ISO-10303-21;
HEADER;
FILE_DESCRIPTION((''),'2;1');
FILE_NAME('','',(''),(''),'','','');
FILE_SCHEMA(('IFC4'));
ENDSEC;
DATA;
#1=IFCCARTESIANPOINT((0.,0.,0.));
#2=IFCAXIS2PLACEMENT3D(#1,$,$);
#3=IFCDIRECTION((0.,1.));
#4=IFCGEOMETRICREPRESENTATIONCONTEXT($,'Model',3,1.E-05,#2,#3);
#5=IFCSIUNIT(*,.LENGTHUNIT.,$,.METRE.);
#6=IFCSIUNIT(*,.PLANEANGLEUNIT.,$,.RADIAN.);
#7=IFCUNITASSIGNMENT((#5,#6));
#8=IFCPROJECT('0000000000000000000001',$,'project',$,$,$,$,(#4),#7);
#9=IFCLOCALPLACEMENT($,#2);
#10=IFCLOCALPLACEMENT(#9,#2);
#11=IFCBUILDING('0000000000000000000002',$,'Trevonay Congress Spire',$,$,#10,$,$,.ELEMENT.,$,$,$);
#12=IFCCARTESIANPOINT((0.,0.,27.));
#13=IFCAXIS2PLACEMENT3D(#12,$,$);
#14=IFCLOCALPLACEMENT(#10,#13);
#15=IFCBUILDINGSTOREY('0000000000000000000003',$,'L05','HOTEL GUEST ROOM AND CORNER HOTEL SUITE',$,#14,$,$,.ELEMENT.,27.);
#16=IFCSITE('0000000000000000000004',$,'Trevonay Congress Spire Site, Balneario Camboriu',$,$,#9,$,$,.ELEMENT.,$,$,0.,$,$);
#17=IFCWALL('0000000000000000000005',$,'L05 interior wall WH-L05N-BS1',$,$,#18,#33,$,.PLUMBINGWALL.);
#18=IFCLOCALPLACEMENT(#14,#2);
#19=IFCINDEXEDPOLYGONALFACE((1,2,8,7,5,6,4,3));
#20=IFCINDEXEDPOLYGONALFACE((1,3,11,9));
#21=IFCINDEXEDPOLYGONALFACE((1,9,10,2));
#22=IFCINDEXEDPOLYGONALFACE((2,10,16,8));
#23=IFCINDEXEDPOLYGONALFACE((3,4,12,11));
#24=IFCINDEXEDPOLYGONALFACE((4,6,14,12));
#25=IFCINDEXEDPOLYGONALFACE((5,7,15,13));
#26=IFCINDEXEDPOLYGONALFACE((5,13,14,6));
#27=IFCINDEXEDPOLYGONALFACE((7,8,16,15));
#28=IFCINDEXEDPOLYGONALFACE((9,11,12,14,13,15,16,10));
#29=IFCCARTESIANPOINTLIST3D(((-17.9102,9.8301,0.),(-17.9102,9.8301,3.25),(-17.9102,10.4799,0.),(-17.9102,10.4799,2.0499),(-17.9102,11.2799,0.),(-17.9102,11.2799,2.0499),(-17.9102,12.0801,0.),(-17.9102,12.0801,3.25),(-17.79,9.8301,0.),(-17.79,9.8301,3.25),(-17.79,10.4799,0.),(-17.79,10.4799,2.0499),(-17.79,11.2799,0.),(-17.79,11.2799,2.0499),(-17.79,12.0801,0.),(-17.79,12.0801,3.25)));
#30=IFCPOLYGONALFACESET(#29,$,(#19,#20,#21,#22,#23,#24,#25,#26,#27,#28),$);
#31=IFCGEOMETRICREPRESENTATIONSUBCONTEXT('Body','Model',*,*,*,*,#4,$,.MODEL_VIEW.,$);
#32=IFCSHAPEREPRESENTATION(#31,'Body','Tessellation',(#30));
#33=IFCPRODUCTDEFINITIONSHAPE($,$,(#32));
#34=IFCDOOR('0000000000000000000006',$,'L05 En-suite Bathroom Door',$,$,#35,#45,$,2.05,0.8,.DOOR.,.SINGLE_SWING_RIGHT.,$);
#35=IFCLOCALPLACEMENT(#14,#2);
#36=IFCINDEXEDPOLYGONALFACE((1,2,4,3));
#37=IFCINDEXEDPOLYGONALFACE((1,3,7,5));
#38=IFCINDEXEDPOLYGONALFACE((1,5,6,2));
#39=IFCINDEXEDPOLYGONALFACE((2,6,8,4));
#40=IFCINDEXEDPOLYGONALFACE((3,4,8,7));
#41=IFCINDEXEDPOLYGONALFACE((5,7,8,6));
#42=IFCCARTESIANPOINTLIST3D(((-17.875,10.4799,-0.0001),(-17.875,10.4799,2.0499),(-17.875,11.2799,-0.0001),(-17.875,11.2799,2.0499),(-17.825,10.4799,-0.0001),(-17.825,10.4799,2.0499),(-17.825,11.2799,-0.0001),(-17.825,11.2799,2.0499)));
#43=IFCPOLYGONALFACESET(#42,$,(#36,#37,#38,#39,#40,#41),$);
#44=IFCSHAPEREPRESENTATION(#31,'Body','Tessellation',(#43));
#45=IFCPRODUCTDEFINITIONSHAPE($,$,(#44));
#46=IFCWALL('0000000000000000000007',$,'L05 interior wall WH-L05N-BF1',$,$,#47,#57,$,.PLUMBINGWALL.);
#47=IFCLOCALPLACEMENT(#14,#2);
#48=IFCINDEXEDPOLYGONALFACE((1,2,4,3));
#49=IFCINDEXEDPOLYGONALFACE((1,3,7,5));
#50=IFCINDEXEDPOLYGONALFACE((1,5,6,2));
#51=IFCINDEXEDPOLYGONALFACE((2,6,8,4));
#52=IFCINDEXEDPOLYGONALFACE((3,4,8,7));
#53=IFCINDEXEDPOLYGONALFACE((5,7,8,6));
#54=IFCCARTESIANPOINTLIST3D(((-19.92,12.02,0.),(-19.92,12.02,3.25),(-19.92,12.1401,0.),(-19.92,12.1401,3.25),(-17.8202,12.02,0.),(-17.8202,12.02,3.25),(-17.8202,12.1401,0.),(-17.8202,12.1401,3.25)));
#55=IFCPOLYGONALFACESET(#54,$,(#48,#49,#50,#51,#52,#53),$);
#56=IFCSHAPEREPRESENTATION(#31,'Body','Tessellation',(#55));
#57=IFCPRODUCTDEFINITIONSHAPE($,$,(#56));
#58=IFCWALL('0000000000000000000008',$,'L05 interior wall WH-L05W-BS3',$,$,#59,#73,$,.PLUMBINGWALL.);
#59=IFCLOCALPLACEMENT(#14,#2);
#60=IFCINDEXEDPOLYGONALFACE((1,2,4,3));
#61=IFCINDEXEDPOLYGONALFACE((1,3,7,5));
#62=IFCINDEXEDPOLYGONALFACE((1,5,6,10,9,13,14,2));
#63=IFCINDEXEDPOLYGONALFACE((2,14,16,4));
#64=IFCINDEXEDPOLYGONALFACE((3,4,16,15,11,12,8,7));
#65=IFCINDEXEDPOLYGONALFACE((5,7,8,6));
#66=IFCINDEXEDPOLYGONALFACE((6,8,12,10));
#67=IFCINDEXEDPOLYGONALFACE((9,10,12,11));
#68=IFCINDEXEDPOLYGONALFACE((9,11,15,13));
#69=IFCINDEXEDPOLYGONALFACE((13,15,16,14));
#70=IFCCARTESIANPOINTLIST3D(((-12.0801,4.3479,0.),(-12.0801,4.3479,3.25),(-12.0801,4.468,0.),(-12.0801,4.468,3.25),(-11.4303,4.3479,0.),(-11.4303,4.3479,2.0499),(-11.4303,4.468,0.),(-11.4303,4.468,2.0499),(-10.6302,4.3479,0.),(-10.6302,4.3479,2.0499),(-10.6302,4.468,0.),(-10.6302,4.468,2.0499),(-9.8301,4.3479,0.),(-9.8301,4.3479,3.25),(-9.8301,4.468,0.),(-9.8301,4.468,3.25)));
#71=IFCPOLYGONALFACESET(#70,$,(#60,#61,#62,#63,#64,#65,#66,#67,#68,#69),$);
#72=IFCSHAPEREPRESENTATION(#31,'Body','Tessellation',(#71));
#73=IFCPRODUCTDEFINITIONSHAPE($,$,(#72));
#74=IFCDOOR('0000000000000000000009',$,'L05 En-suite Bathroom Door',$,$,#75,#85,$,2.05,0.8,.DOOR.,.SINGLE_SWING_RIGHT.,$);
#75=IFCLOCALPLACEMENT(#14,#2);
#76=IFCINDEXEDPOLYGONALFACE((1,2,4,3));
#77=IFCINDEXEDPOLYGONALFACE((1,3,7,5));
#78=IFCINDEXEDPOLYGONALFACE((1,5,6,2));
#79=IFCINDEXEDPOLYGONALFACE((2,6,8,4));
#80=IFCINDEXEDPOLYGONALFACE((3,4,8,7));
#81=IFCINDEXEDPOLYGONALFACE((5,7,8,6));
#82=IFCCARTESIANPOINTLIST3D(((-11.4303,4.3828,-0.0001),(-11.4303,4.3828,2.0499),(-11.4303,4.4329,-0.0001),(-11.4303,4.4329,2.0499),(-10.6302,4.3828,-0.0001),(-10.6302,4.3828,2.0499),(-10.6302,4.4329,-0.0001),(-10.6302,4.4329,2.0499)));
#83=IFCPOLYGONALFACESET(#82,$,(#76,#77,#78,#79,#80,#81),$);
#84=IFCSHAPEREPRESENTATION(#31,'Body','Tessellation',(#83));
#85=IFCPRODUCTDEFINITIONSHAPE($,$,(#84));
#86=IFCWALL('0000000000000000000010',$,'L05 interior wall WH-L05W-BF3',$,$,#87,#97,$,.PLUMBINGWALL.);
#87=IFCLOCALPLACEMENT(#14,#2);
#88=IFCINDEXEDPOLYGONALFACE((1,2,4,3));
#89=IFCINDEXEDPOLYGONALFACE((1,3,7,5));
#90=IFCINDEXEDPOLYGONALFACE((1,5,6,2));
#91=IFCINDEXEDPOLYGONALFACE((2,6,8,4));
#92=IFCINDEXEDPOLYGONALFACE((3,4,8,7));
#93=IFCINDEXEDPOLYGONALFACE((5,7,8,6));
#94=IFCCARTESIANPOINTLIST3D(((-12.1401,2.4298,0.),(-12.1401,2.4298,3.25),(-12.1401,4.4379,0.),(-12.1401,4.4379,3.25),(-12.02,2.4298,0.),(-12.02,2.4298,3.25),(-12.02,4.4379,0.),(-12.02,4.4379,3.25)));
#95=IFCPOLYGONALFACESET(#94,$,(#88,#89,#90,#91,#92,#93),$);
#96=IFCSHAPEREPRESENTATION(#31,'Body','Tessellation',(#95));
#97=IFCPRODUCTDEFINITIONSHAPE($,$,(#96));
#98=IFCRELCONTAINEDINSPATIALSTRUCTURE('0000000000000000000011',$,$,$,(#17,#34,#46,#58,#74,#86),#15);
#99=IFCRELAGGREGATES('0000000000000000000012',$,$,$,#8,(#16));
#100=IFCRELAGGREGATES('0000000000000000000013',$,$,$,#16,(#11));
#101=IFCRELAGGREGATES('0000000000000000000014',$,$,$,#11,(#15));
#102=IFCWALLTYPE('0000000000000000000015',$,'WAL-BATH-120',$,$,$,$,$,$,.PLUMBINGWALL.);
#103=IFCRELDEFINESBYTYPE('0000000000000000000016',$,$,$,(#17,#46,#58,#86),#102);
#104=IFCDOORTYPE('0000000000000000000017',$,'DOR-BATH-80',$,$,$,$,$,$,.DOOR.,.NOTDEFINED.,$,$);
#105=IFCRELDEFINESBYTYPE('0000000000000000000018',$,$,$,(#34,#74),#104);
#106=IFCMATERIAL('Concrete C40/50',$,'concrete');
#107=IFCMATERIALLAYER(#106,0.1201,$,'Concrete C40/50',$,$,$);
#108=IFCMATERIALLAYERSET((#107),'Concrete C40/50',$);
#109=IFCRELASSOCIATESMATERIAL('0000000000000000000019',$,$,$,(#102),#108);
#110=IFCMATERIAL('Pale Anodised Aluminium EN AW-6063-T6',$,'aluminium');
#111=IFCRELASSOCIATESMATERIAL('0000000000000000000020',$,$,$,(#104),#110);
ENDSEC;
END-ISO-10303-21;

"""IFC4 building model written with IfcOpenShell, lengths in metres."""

from ifc_helpers import new_model, si_unit, direction, frame, frame_2d, origin, place, context, subcontext, project, spatial, rectangle, extrude, material, layer, layer_set, type_object, element, fill, save


model = new_model("IFC4")

# Units and contexts
model_context = context("Model", 3, precision=1e-05, world=origin(), true_north=direction((0.0, 1.0)))
body_context = subcontext(model_context, "Body", "Model", "MODEL_VIEW")
ifc_project = project(units=[si_unit("LENGTHUNIT", "METRE"), si_unit("PLANEANGLEUNIT", "RADIAN")], contexts=[model_context])

# Site, building, storey
site_placement = place(None, origin())
site = spatial("IfcSite", under=ifc_project, at=site_placement, Name="Trevonay Congress Spire Site, Balneario Camboriu", CompositionType="ELEMENT", RefElevation=0.0)
building_placement = place(site_placement, origin())
building = spatial("IfcBuilding", under=site, at=building_placement, Name="Trevonay Congress Spire", CompositionType="ELEMENT")
storey_placement = place(building_placement, frame((0.0, 0.0, 27.0)))
storey = spatial("IfcBuildingStorey", under=building, at=storey_placement, Name="L05", Description="HOTEL GUEST ROOM AND CORNER HOTEL SUITE", CompositionType="ELEMENT", Elevation=27.0)

# Wall, opening, door
ifc_material_1 = material(Name="Concrete C40/50", Category="concrete")
ifc_layer_1 = layer(ifc_material_1, 0.1201, Name="Concrete C40/50")
ifc_layer_set_1 = layer_set([ifc_layer_1], Name="Concrete C40/50")
wall_type_1 = type_object("IfcWallType", Name="WAL-BATH-120", PredefinedType="PLUMBINGWALL", material=ifc_layer_set_1)
wall_1_placement = place(storey_placement, frame((-17.8501, 9.8301, 0.0), z_axis=(0.0, 0.0, 1.0), x_axis=(0.0, 1.0, 0.0)))
wall_1 = element("IfcWall", 1, at=wall_1_placement, inside=storey, type_object=wall_type_1, Name="L05 interior wall WH-L05N-BS1", PredefinedType="PLUMBINGWALL", context=body_context, shape_type="SweptSolid", body=[
    extrude(rectangle(XDim=2.25, YDim=0.1201, at=frame_2d((1.125, 0.0))), origin(), (0.0, 0.0, 1.0), 3.25),
])
opening_1_placement = place(wall_1_placement, frame((0.6499, 0.0, 0.0)))
opening_1 = element("IfcOpeningElement", 2, at=opening_1_placement, cuts=wall_1, PredefinedType="OPENING", context=body_context, shape_type="SweptSolid", body=[
    extrude(rectangle(XDim=0.8, YDim=2.05, at=frame_2d((0.3999, 1.0249))), frame((0.0, 0.0701, 0.0), z_axis=(0.0, -1.0, 0.0), x_axis=(1.0, 0.0, 0.0)), (0.0, 0.0, 1.0), 0.1401),
])
ifc_material_2 = material(Name="Pale Anodised Aluminium EN AW-6063-T6", Category="aluminium")
door_type_1 = type_object("IfcDoorType", Name="DOR-BATH-80", OperationType="NOTDEFINED", PredefinedType="DOOR", material=ifc_material_2)
door_1_placement = place(opening_1_placement, origin())
door_1 = element("IfcDoor", 3, at=door_1_placement, inside=storey, type_object=door_type_1, Name="L05 En-suite Bathroom Door", OperationType="SINGLE_SWING_RIGHT", OverallHeight=2.05, OverallWidth=0.8, PredefinedType="DOOR", context=body_context, shape_type="SweptSolid", body=[
    extrude(rectangle(XDim=0.8, YDim=2.05, at=frame_2d((0.3999, 1.0249))), frame((0.0, 0.0249, 0.0), z_axis=(0.0, -1.0, 0.0), x_axis=(1.0, 0.0, 0.0)), (0.0, 0.0, 1.0), 0.05),
])
fill(opening_1, door_1)

# Wall
wall_2_placement = place(storey_placement, frame((-19.9199, 12.0801, 0.0), z_axis=(0.0, 0.0, 1.0), x_axis=(1.0, 0.0, 0.0)))
element("IfcWall", 4, at=wall_2_placement, inside=storey, type_object=wall_type_1, Name="L05 interior wall WH-L05N-BF1", PredefinedType="PLUMBINGWALL", context=body_context, shape_type="SweptSolid", body=[
    extrude(rectangle(XDim=2.0999, YDim=0.1201, at=frame_2d((1.0498, 0.0))), origin(), (0.0, 0.0, 1.0), 3.25),
])

# Wall, opening, door
wall_3_placement = place(storey_placement, frame((-12.0801, 4.408, 0.0), z_axis=(0.0, 0.0, 1.0), x_axis=(1.0, 0.0, 0.0)))
wall_3 = element("IfcWall", 5, at=wall_3_placement, inside=storey, type_object=wall_type_1, Name="L05 interior wall WH-L05W-BS3", PredefinedType="PLUMBINGWALL", context=body_context, shape_type="SweptSolid", body=[
    extrude(rectangle(XDim=2.25, YDim=0.1201, at=frame_2d((1.125, 0.0))), origin(), (0.0, 0.0, 1.0), 3.25),
])
opening_2_placement = place(wall_3_placement, frame((0.6499, 0.0, 0.0)))
opening_2 = element("IfcOpeningElement", 6, at=opening_2_placement, cuts=wall_3, PredefinedType="OPENING", context=body_context, shape_type="SweptSolid", body=[
    extrude(rectangle(XDim=0.8, YDim=2.05, at=frame_2d((0.3999, 1.0249))), frame((0.0, 0.0701, 0.0), z_axis=(0.0, -1.0, 0.0), x_axis=(1.0, 0.0, 0.0)), (0.0, 0.0, 1.0), 0.1401),
])
door_2_placement = place(opening_2_placement, origin())
door_2 = element("IfcDoor", 7, at=door_2_placement, inside=storey, type_object=door_type_1, Name="L05 En-suite Bathroom Door", OperationType="SINGLE_SWING_RIGHT", OverallHeight=2.05, OverallWidth=0.8, PredefinedType="DOOR", context=body_context, shape_type="SweptSolid", body=[
    extrude(rectangle(XDim=0.8, YDim=2.05, at=frame_2d((0.3999, 1.0249))), frame((0.0, 0.0249, 0.0), z_axis=(0.0, -1.0, 0.0), x_axis=(1.0, 0.0, 0.0)), (0.0, 0.0, 1.0), 0.05),
])
fill(opening_2, door_2)

# Wall
wall_4_placement = place(storey_placement, frame((-12.0801, 2.4299, 0.0), z_axis=(0.0, 0.0, 1.0), x_axis=(0.0, 1.0, 0.0)))
element("IfcWall", 8, at=wall_4_placement, inside=storey, type_object=wall_type_1, Name="L05 interior wall WH-L05W-BF3", PredefinedType="PLUMBINGWALL", context=body_context, shape_type="SweptSolid", body=[
    extrude(rectangle(XDim=2.0081, YDim=0.1201, at=frame_2d((1.0039, 0.0))), origin(), (0.0, 0.0, 1.0), 3.25),
])

save(model, "model.ifc")
